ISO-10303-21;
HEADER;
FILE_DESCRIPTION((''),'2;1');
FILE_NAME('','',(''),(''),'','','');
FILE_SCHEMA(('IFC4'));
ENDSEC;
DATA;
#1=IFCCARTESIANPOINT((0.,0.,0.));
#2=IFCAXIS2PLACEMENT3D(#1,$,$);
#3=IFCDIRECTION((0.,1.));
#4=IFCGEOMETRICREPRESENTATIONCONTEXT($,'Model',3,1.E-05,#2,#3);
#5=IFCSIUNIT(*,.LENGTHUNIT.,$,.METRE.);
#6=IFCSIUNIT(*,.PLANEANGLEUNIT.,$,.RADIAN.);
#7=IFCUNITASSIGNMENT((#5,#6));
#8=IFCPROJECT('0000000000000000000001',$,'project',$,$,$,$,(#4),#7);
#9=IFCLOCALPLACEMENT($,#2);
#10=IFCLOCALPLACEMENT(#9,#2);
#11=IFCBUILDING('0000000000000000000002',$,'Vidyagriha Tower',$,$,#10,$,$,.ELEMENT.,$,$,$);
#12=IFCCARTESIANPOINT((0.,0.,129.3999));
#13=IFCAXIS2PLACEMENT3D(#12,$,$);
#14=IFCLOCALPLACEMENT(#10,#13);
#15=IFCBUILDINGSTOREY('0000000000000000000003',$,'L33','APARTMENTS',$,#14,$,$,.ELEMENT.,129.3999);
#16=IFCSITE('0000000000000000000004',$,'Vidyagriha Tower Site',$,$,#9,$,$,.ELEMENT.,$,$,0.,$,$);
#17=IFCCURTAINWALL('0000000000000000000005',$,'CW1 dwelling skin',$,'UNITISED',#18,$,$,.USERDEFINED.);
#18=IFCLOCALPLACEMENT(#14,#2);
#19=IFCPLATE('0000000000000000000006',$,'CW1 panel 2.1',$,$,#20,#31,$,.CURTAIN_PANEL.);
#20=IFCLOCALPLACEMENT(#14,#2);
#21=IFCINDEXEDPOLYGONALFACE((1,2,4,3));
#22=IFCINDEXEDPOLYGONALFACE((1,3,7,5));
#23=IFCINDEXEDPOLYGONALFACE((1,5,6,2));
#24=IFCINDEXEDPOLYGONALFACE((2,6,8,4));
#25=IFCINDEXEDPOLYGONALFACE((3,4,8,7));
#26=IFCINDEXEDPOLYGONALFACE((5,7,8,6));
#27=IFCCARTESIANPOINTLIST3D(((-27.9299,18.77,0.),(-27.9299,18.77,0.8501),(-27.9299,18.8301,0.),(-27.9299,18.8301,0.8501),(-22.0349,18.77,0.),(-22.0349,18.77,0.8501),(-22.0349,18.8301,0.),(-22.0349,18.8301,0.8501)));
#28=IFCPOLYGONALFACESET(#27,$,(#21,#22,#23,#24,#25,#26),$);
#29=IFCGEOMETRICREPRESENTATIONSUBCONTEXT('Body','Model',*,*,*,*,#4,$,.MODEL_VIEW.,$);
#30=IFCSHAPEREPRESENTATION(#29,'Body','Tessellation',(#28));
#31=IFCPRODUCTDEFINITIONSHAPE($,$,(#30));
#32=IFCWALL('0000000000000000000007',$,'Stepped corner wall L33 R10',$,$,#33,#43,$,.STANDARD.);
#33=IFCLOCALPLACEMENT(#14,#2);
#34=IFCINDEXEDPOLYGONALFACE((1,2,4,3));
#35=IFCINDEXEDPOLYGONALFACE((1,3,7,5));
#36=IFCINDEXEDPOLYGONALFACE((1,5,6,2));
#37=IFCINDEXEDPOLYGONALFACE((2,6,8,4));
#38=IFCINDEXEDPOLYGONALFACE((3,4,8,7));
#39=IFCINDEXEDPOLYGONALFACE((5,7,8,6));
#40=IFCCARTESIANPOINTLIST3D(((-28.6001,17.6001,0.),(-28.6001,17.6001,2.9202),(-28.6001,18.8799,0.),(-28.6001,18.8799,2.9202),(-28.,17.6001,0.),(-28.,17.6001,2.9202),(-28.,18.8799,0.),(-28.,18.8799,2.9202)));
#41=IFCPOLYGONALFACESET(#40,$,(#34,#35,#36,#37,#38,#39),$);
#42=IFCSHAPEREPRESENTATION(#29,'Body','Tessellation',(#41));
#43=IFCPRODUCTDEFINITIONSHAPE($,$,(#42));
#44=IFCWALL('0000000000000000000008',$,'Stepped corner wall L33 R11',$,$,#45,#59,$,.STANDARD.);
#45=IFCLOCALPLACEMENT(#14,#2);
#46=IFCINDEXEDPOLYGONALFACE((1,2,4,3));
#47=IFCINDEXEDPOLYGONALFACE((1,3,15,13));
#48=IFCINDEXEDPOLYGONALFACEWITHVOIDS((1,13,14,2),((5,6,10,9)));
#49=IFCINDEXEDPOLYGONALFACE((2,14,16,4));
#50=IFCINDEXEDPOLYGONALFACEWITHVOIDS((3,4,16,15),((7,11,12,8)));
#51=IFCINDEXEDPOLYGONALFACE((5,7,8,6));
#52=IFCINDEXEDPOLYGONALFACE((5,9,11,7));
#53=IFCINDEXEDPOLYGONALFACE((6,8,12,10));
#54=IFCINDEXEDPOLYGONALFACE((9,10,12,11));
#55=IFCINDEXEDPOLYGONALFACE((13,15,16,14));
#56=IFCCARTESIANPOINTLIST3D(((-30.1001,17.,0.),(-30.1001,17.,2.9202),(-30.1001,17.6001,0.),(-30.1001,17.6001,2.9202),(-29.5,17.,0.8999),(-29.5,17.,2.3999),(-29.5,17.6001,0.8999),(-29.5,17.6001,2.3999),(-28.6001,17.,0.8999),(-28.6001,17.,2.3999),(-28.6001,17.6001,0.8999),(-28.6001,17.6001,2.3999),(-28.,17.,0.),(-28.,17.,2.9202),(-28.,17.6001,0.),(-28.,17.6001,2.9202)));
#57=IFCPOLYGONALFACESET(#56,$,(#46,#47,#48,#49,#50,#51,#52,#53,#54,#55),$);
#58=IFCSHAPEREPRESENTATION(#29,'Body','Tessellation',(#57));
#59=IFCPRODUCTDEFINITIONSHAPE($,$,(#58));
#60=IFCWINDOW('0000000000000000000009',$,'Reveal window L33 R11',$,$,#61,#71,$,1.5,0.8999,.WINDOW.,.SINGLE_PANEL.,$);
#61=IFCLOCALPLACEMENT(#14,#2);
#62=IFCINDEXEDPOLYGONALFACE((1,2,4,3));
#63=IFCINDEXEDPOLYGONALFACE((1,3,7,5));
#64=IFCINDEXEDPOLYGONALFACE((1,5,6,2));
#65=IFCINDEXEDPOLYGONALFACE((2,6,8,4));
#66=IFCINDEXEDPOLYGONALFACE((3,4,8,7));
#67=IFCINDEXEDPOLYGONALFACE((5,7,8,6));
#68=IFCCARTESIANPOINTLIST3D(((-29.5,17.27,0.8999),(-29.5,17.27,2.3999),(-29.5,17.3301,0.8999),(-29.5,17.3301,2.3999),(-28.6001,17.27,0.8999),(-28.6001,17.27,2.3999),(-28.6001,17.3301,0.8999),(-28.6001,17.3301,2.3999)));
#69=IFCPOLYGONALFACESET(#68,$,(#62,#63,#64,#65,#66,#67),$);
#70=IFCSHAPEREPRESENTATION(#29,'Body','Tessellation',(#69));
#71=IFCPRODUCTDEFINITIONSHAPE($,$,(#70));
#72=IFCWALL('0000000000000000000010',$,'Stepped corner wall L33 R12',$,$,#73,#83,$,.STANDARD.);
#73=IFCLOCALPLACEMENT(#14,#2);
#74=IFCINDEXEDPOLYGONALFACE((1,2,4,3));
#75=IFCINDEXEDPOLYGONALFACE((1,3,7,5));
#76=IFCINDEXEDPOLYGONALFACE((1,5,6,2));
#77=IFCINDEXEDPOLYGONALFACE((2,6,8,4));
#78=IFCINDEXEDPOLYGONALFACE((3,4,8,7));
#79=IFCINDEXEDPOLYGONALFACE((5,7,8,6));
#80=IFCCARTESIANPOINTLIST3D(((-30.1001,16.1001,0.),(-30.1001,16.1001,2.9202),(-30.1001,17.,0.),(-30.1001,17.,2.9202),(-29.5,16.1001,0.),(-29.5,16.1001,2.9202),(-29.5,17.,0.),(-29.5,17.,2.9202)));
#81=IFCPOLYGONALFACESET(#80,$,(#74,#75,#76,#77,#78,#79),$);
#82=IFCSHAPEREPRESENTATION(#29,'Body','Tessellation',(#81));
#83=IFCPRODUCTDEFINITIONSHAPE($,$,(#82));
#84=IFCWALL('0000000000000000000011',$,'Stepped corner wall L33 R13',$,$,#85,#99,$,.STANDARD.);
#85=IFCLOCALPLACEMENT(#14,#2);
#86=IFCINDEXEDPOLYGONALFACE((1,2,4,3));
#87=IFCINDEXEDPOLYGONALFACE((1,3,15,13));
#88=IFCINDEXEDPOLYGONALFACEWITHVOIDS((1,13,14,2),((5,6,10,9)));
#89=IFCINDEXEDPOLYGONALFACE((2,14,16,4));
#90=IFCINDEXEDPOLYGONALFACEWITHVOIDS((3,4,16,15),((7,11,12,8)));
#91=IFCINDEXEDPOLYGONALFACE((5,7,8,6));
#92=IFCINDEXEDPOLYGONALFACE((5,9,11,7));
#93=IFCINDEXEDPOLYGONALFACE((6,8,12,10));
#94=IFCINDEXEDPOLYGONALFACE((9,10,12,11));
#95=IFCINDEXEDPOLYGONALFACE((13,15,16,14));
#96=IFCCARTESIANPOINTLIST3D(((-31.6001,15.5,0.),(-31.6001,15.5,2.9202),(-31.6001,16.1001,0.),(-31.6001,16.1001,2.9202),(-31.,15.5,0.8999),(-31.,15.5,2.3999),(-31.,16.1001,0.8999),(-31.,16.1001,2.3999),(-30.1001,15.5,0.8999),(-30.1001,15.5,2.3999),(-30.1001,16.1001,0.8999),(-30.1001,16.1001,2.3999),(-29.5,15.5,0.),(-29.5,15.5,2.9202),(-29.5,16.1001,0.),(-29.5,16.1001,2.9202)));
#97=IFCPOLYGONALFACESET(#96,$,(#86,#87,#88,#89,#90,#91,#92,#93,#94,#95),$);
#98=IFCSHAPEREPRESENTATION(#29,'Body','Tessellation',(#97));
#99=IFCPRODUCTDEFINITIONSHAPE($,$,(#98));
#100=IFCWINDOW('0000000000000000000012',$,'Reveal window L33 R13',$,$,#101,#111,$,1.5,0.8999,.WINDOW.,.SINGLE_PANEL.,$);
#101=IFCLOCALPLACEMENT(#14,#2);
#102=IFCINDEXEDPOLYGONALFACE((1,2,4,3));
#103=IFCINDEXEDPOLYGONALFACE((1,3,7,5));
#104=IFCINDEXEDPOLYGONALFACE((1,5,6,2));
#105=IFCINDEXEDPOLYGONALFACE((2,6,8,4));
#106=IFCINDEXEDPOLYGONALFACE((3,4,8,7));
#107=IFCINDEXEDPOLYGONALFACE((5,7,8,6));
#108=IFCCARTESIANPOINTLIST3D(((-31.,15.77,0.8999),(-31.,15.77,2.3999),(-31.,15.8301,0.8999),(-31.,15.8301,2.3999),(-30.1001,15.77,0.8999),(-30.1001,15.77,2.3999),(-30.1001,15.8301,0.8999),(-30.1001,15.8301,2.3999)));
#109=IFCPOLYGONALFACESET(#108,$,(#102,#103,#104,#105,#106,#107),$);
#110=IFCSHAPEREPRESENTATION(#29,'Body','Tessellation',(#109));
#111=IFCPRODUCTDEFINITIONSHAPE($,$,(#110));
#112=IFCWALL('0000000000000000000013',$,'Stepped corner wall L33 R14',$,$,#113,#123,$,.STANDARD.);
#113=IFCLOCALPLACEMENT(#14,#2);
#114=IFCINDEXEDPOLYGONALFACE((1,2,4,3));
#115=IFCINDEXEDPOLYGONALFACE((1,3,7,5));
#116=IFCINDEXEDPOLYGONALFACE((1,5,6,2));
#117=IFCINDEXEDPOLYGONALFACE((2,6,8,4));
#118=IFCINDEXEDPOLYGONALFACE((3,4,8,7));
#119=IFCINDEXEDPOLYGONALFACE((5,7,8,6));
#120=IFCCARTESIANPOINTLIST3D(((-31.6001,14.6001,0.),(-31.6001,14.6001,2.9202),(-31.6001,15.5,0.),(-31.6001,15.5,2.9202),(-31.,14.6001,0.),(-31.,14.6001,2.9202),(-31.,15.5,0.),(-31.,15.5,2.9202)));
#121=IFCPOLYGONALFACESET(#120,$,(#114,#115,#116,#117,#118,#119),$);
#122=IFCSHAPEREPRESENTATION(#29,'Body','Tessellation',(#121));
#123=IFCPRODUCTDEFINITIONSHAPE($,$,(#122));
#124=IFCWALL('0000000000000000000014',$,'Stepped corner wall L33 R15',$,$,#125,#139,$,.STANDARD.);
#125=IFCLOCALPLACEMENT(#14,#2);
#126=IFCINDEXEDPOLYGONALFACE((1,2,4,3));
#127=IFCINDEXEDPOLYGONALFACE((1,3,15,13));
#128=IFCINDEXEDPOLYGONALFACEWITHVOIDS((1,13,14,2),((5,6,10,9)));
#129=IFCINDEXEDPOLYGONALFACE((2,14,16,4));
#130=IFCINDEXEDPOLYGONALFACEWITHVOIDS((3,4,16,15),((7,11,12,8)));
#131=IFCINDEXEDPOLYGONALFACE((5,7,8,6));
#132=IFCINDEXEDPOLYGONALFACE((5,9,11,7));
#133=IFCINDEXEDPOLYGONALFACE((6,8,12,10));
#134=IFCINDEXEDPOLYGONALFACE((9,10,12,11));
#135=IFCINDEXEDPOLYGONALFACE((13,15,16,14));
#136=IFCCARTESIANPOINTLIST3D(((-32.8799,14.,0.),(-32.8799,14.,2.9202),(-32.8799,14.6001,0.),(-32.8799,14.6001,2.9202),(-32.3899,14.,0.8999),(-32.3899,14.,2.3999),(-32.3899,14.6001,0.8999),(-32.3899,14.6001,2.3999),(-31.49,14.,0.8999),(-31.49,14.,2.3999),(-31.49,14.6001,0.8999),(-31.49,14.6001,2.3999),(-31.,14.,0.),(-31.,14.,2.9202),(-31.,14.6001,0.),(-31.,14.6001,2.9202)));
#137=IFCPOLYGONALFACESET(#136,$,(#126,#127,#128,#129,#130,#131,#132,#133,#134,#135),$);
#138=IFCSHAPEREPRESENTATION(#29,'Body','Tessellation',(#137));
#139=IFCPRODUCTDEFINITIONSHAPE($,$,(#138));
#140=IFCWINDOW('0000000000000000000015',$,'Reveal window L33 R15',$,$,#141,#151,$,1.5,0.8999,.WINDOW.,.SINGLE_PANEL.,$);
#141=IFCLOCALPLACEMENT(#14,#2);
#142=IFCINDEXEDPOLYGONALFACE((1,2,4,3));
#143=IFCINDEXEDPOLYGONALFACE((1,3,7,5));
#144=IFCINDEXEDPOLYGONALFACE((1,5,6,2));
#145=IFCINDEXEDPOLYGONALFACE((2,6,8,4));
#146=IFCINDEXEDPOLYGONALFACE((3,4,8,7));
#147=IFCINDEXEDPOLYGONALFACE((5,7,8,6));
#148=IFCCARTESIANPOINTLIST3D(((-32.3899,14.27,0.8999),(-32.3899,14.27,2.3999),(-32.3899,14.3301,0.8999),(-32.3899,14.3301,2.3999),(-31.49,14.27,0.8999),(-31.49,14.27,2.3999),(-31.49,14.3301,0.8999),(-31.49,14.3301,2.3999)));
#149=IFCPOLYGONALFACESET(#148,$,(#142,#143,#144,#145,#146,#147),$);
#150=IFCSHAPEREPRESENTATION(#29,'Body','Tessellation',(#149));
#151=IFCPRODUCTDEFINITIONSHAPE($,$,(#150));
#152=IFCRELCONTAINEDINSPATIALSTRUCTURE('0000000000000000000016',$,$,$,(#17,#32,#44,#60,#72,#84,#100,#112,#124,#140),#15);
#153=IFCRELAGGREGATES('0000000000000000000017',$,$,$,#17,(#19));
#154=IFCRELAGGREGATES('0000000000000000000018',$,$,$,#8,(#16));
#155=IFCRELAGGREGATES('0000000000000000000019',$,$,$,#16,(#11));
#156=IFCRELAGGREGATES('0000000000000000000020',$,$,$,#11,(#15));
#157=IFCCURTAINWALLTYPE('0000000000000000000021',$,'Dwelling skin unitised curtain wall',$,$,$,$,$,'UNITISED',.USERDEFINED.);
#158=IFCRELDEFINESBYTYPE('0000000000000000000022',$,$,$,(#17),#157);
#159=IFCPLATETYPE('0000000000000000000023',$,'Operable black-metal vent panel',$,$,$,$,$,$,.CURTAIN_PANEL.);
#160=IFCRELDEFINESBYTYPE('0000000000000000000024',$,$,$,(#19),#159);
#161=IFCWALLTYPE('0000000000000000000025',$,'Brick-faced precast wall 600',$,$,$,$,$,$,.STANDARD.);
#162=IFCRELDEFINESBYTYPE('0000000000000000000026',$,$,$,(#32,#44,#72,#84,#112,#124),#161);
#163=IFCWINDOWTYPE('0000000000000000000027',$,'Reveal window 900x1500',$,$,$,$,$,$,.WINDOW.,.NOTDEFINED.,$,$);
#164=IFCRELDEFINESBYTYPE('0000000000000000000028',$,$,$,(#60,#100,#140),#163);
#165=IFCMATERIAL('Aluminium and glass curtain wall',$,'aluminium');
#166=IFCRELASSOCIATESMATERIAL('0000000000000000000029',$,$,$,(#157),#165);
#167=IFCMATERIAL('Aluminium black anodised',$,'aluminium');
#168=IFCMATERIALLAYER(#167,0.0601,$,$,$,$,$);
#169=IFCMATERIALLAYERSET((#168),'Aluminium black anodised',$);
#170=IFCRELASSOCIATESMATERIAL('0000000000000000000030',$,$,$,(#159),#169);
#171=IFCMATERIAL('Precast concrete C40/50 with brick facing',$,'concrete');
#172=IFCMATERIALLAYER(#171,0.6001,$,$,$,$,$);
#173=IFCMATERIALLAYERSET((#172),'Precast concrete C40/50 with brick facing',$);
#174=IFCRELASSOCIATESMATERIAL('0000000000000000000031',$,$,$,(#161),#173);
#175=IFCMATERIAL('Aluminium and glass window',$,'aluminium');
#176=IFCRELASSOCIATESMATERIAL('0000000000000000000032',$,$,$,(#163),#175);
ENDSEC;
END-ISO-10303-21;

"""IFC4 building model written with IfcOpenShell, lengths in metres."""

from ifc_helpers import new_model, si_unit, direction, frame, frame_2d, origin, origin_2d, place, context, subcontext, project, spatial, rectangle, extrude, material, layer, layer_set, type_object, element, fill, aggregate, save


model = new_model("IFC4")

# Units and contexts
model_context = context("Model", 3, precision=1e-05, world=origin(), true_north=direction((0.0, 1.0)))
body_context = subcontext(model_context, "Body", "Model", "MODEL_VIEW")
ifc_project = project(units=[si_unit("LENGTHUNIT", "METRE"), si_unit("PLANEANGLEUNIT", "RADIAN")], contexts=[model_context])

# Site, building, storey
site_placement = place(None, origin())
site = spatial("IfcSite", under=ifc_project, at=site_placement, Name="Vidyagriha Tower Site", CompositionType="ELEMENT", RefElevation=0.0)
building_placement = place(site_placement, origin())
building = spatial("IfcBuilding", under=site, at=building_placement, Name="Vidyagriha Tower", CompositionType="ELEMENT")
storey_placement = place(building_placement, frame((0.0, 0.0, 129.3999)))
storey = spatial("IfcBuildingStorey", under=building, at=storey_placement, Name="L33", Description="APARTMENTS", CompositionType="ELEMENT", Elevation=129.3999)

# Curtain wall
ifc_material_1 = material(Name="Aluminium and glass curtain wall", Category="aluminium")
curtain_wall_type = type_object("IfcCurtainWallType", Name="Dwelling skin unitised curtain wall", ElementType="UNITISED", PredefinedType="USERDEFINED", material=ifc_material_1)
curtain_wall_1_placement = place(storey_placement, origin())
curtain_wall_1 = element("IfcCurtainWall", 1, at=curtain_wall_1_placement, inside=storey, type_object=curtain_wall_type, Name="CW1 dwelling skin", ObjectType="UNITISED", PredefinedType="USERDEFINED")

# Plate
ifc_material_2 = material(Name="Aluminium black anodised", Category="aluminium")
ifc_layer_1 = layer(ifc_material_2, 0.0601)
ifc_layer_set_1 = layer_set([ifc_layer_1], Name="Aluminium black anodised")
plate_type_1 = type_object("IfcPlateType", Name="Operable black-metal vent panel", PredefinedType="CURTAIN_PANEL", material=ifc_layer_set_1)
plate_1_placement = place(storey_placement, frame((-24.9824, 18.8, 0.0), z_axis=(0.0, 0.0, 1.0), x_axis=(-1.0, 0.0, 0.0)))
plate_1 = element("IfcPlate", 2, at=plate_1_placement, type_object=plate_type_1, Name="CW1 panel 2.1", PredefinedType="CURTAIN_PANEL", context=body_context, shape_type="SweptSolid", body=[
    extrude(rectangle(XDim=5.895, YDim=0.0601, at=origin_2d()), origin(), (0.0, 0.0, 1.0), 0.8501),
])
aggregate(curtain_wall_1, [plate_1])

# Wall
ifc_material_3 = material(Name="Precast concrete C40/50 with brick facing", Category="concrete")
ifc_layer_2 = layer(ifc_material_3, 0.6001)
ifc_layer_set_2 = layer_set([ifc_layer_2], Name="Precast concrete C40/50 with brick facing")
wall_type_1 = type_object("IfcWallType", Name="Brick-faced precast wall 600", PredefinedType="STANDARD", material=ifc_layer_set_2)
wall_1_placement = place(storey_placement, frame((-28.3, 18.8799, 0.0), z_axis=(0.0, 0.0, 1.0), x_axis=(0.0, -1.0, 0.0)))
element("IfcWall", 3, at=wall_1_placement, inside=storey, type_object=wall_type_1, Name="Stepped corner wall L33 R10", PredefinedType="STANDARD", context=body_context, shape_type="SweptSolid", body=[
    extrude(rectangle(XDim=1.2798, YDim=0.6001, at=frame_2d((0.6399, 0.0))), origin(), (0.0, 0.0, 1.0), 2.9202),
])

# Wall, opening, window
wall_2_placement = place(storey_placement, frame((-28.0, 17.3, 0.0), z_axis=(0.0, 0.0, 1.0), x_axis=(-1.0, 0.0, 0.0)))
wall_2 = element("IfcWall", 4, at=wall_2_placement, inside=storey, type_object=wall_type_1, Name="Stepped corner wall L33 R11", PredefinedType="STANDARD", context=body_context, shape_type="SweptSolid", body=[
    extrude(rectangle(XDim=2.1001, YDim=0.6001, at=frame_2d((1.05, 0.0))), origin(), (0.0, 0.0, 1.0), 2.9202),
])
opening_1_placement = place(wall_2_placement, frame((0.6001, 0.0, 0.8999)))
opening_1 = element("IfcOpeningElement", 5, at=opening_1_placement, cuts=wall_2, PredefinedType="OPENING", context=body_context, shape_type="SweptSolid", body=[
    extrude(rectangle(XDim=0.8999, YDim=1.5, at=frame_2d((0.45, 0.75))), frame((0.0, 0.3101, 0.0), z_axis=(0.0, -1.0, 0.0), x_axis=(1.0, 0.0, 0.0)), (0.0, 0.0, 1.0), 0.6201),
])
ifc_material_4 = material(Name="Aluminium and glass window", Category="aluminium")
window_type = type_object("IfcWindowType", Name="Reveal window 900x1500", PartitioningType="NOTDEFINED", PredefinedType="WINDOW", material=ifc_material_4)
window_1_placement = place(opening_1_placement, origin())
window_1 = element("IfcWindow", 6, at=window_1_placement, inside=storey, type_object=window_type, Name="Reveal window L33 R11", OverallHeight=1.5, OverallWidth=0.8999, PartitioningType="SINGLE_PANEL", PredefinedType="WINDOW", context=body_context, shape_type="SweptSolid", body=[
    extrude(rectangle(XDim=0.8999, YDim=1.5, at=frame_2d((0.45, 0.75))), frame((0.0, 0.03, 0.0), z_axis=(0.0, -1.0, 0.0), x_axis=(1.0, 0.0, 0.0)), (0.0, 0.0, 1.0), 0.0601),
])
fill(opening_1, window_1)

# Wall
wall_3_placement = place(storey_placement, frame((-29.8, 17.0, 0.0), z_axis=(0.0, 0.0, 1.0), x_axis=(0.0, -1.0, 0.0)))
element("IfcWall", 7, at=wall_3_placement, inside=storey, type_object=wall_type_1, Name="Stepped corner wall L33 R12", PredefinedType="STANDARD", context=body_context, shape_type="SweptSolid", body=[
    extrude(rectangle(XDim=0.8999, YDim=0.6001, at=frame_2d((0.45, 0.0))), origin(), (0.0, 0.0, 1.0), 2.9202),
])

# Wall, opening, window
wall_4_placement = place(storey_placement, frame((-29.5, 15.8, 0.0), z_axis=(0.0, 0.0, 1.0), x_axis=(-1.0, 0.0, 0.0)))
wall_4 = element("IfcWall", 8, at=wall_4_placement, inside=storey, type_object=wall_type_1, Name="Stepped corner wall L33 R13", PredefinedType="STANDARD", context=body_context, shape_type="SweptSolid", body=[
    extrude(rectangle(XDim=2.1001, YDim=0.6001, at=frame_2d((1.05, 0.0))), origin(), (0.0, 0.0, 1.0), 2.9202),
])
opening_2_placement = place(wall_4_placement, frame((0.6001, 0.0, 0.8999)))
opening_2 = element("IfcOpeningElement", 9, at=opening_2_placement, cuts=wall_4, PredefinedType="OPENING", context=body_context, shape_type="SweptSolid", body=[
    extrude(rectangle(XDim=0.8999, YDim=1.5, at=frame_2d((0.45, 0.75))), frame((0.0, 0.3101, 0.0), z_axis=(0.0, -1.0, 0.0), x_axis=(1.0, 0.0, 0.0)), (0.0, 0.0, 1.0), 0.6201),
])
window_2_placement = place(opening_2_placement, origin())
window_2 = element("IfcWindow", 10, at=window_2_placement, inside=storey, type_object=window_type, Name="Reveal window L33 R13", OverallHeight=1.5, OverallWidth=0.8999, PartitioningType="SINGLE_PANEL", PredefinedType="WINDOW", context=body_context, shape_type="SweptSolid", body=[
    extrude(rectangle(XDim=0.8999, YDim=1.5, at=frame_2d((0.45, 0.75))), frame((0.0, 0.03, 0.0), z_axis=(0.0, -1.0, 0.0), x_axis=(1.0, 0.0, 0.0)), (0.0, 0.0, 1.0), 0.0601),
])
fill(opening_2, window_2)

# Wall
wall_5_placement = place(storey_placement, frame((-31.3, 15.5, 0.0), z_axis=(0.0, 0.0, 1.0), x_axis=(0.0, -1.0, 0.0)))
element("IfcWall", 11, at=wall_5_placement, inside=storey, type_object=wall_type_1, Name="Stepped corner wall L33 R14", PredefinedType="STANDARD", context=body_context, shape_type="SweptSolid", body=[
    extrude(rectangle(XDim=0.8999, YDim=0.6001, at=frame_2d((0.45, 0.0))), origin(), (0.0, 0.0, 1.0), 2.9202),
])

# Wall, opening, window
wall_6_placement = place(storey_placement, frame((-31.0, 14.3, 0.0), z_axis=(0.0, 0.0, 1.0), x_axis=(-1.0, 0.0, 0.0)))
wall_6 = element("IfcWall", 12, at=wall_6_placement, inside=storey, type_object=wall_type_1, Name="Stepped corner wall L33 R15", PredefinedType="STANDARD", context=body_context, shape_type="SweptSolid", body=[
    extrude(rectangle(XDim=1.8799, YDim=0.6001, at=frame_2d((0.9399, 0.0))), origin(), (0.0, 0.0, 1.0), 2.9202),
])
opening_3_placement = place(wall_6_placement, frame((0.49, 0.0, 0.8999)))
opening_3 = element("IfcOpeningElement", 13, at=opening_3_placement, cuts=wall_6, PredefinedType="OPENING", context=body_context, shape_type="SweptSolid", body=[
    extrude(rectangle(XDim=0.8999, YDim=1.5, at=frame_2d((0.45, 0.75))), frame((0.0, 0.3101, 0.0), z_axis=(0.0, -1.0, 0.0), x_axis=(1.0, 0.0, 0.0)), (0.0, 0.0, 1.0), 0.6201),
])
window_3_placement = place(opening_3_placement, origin())
window_3 = element("IfcWindow", 14, at=window_3_placement, inside=storey, type_object=window_type, Name="Reveal window L33 R15", OverallHeight=1.5, OverallWidth=0.8999, PartitioningType="SINGLE_PANEL", PredefinedType="WINDOW", context=body_context, shape_type="SweptSolid", body=[
    extrude(rectangle(XDim=0.8999, YDim=1.5, at=frame_2d((0.45, 0.75))), frame((0.0, 0.03, 0.0), z_axis=(0.0, -1.0, 0.0), x_axis=(1.0, 0.0, 0.0)), (0.0, 0.0, 1.0), 0.0601),
])
fill(opening_3, window_3)

save(model, "model.ifc")
